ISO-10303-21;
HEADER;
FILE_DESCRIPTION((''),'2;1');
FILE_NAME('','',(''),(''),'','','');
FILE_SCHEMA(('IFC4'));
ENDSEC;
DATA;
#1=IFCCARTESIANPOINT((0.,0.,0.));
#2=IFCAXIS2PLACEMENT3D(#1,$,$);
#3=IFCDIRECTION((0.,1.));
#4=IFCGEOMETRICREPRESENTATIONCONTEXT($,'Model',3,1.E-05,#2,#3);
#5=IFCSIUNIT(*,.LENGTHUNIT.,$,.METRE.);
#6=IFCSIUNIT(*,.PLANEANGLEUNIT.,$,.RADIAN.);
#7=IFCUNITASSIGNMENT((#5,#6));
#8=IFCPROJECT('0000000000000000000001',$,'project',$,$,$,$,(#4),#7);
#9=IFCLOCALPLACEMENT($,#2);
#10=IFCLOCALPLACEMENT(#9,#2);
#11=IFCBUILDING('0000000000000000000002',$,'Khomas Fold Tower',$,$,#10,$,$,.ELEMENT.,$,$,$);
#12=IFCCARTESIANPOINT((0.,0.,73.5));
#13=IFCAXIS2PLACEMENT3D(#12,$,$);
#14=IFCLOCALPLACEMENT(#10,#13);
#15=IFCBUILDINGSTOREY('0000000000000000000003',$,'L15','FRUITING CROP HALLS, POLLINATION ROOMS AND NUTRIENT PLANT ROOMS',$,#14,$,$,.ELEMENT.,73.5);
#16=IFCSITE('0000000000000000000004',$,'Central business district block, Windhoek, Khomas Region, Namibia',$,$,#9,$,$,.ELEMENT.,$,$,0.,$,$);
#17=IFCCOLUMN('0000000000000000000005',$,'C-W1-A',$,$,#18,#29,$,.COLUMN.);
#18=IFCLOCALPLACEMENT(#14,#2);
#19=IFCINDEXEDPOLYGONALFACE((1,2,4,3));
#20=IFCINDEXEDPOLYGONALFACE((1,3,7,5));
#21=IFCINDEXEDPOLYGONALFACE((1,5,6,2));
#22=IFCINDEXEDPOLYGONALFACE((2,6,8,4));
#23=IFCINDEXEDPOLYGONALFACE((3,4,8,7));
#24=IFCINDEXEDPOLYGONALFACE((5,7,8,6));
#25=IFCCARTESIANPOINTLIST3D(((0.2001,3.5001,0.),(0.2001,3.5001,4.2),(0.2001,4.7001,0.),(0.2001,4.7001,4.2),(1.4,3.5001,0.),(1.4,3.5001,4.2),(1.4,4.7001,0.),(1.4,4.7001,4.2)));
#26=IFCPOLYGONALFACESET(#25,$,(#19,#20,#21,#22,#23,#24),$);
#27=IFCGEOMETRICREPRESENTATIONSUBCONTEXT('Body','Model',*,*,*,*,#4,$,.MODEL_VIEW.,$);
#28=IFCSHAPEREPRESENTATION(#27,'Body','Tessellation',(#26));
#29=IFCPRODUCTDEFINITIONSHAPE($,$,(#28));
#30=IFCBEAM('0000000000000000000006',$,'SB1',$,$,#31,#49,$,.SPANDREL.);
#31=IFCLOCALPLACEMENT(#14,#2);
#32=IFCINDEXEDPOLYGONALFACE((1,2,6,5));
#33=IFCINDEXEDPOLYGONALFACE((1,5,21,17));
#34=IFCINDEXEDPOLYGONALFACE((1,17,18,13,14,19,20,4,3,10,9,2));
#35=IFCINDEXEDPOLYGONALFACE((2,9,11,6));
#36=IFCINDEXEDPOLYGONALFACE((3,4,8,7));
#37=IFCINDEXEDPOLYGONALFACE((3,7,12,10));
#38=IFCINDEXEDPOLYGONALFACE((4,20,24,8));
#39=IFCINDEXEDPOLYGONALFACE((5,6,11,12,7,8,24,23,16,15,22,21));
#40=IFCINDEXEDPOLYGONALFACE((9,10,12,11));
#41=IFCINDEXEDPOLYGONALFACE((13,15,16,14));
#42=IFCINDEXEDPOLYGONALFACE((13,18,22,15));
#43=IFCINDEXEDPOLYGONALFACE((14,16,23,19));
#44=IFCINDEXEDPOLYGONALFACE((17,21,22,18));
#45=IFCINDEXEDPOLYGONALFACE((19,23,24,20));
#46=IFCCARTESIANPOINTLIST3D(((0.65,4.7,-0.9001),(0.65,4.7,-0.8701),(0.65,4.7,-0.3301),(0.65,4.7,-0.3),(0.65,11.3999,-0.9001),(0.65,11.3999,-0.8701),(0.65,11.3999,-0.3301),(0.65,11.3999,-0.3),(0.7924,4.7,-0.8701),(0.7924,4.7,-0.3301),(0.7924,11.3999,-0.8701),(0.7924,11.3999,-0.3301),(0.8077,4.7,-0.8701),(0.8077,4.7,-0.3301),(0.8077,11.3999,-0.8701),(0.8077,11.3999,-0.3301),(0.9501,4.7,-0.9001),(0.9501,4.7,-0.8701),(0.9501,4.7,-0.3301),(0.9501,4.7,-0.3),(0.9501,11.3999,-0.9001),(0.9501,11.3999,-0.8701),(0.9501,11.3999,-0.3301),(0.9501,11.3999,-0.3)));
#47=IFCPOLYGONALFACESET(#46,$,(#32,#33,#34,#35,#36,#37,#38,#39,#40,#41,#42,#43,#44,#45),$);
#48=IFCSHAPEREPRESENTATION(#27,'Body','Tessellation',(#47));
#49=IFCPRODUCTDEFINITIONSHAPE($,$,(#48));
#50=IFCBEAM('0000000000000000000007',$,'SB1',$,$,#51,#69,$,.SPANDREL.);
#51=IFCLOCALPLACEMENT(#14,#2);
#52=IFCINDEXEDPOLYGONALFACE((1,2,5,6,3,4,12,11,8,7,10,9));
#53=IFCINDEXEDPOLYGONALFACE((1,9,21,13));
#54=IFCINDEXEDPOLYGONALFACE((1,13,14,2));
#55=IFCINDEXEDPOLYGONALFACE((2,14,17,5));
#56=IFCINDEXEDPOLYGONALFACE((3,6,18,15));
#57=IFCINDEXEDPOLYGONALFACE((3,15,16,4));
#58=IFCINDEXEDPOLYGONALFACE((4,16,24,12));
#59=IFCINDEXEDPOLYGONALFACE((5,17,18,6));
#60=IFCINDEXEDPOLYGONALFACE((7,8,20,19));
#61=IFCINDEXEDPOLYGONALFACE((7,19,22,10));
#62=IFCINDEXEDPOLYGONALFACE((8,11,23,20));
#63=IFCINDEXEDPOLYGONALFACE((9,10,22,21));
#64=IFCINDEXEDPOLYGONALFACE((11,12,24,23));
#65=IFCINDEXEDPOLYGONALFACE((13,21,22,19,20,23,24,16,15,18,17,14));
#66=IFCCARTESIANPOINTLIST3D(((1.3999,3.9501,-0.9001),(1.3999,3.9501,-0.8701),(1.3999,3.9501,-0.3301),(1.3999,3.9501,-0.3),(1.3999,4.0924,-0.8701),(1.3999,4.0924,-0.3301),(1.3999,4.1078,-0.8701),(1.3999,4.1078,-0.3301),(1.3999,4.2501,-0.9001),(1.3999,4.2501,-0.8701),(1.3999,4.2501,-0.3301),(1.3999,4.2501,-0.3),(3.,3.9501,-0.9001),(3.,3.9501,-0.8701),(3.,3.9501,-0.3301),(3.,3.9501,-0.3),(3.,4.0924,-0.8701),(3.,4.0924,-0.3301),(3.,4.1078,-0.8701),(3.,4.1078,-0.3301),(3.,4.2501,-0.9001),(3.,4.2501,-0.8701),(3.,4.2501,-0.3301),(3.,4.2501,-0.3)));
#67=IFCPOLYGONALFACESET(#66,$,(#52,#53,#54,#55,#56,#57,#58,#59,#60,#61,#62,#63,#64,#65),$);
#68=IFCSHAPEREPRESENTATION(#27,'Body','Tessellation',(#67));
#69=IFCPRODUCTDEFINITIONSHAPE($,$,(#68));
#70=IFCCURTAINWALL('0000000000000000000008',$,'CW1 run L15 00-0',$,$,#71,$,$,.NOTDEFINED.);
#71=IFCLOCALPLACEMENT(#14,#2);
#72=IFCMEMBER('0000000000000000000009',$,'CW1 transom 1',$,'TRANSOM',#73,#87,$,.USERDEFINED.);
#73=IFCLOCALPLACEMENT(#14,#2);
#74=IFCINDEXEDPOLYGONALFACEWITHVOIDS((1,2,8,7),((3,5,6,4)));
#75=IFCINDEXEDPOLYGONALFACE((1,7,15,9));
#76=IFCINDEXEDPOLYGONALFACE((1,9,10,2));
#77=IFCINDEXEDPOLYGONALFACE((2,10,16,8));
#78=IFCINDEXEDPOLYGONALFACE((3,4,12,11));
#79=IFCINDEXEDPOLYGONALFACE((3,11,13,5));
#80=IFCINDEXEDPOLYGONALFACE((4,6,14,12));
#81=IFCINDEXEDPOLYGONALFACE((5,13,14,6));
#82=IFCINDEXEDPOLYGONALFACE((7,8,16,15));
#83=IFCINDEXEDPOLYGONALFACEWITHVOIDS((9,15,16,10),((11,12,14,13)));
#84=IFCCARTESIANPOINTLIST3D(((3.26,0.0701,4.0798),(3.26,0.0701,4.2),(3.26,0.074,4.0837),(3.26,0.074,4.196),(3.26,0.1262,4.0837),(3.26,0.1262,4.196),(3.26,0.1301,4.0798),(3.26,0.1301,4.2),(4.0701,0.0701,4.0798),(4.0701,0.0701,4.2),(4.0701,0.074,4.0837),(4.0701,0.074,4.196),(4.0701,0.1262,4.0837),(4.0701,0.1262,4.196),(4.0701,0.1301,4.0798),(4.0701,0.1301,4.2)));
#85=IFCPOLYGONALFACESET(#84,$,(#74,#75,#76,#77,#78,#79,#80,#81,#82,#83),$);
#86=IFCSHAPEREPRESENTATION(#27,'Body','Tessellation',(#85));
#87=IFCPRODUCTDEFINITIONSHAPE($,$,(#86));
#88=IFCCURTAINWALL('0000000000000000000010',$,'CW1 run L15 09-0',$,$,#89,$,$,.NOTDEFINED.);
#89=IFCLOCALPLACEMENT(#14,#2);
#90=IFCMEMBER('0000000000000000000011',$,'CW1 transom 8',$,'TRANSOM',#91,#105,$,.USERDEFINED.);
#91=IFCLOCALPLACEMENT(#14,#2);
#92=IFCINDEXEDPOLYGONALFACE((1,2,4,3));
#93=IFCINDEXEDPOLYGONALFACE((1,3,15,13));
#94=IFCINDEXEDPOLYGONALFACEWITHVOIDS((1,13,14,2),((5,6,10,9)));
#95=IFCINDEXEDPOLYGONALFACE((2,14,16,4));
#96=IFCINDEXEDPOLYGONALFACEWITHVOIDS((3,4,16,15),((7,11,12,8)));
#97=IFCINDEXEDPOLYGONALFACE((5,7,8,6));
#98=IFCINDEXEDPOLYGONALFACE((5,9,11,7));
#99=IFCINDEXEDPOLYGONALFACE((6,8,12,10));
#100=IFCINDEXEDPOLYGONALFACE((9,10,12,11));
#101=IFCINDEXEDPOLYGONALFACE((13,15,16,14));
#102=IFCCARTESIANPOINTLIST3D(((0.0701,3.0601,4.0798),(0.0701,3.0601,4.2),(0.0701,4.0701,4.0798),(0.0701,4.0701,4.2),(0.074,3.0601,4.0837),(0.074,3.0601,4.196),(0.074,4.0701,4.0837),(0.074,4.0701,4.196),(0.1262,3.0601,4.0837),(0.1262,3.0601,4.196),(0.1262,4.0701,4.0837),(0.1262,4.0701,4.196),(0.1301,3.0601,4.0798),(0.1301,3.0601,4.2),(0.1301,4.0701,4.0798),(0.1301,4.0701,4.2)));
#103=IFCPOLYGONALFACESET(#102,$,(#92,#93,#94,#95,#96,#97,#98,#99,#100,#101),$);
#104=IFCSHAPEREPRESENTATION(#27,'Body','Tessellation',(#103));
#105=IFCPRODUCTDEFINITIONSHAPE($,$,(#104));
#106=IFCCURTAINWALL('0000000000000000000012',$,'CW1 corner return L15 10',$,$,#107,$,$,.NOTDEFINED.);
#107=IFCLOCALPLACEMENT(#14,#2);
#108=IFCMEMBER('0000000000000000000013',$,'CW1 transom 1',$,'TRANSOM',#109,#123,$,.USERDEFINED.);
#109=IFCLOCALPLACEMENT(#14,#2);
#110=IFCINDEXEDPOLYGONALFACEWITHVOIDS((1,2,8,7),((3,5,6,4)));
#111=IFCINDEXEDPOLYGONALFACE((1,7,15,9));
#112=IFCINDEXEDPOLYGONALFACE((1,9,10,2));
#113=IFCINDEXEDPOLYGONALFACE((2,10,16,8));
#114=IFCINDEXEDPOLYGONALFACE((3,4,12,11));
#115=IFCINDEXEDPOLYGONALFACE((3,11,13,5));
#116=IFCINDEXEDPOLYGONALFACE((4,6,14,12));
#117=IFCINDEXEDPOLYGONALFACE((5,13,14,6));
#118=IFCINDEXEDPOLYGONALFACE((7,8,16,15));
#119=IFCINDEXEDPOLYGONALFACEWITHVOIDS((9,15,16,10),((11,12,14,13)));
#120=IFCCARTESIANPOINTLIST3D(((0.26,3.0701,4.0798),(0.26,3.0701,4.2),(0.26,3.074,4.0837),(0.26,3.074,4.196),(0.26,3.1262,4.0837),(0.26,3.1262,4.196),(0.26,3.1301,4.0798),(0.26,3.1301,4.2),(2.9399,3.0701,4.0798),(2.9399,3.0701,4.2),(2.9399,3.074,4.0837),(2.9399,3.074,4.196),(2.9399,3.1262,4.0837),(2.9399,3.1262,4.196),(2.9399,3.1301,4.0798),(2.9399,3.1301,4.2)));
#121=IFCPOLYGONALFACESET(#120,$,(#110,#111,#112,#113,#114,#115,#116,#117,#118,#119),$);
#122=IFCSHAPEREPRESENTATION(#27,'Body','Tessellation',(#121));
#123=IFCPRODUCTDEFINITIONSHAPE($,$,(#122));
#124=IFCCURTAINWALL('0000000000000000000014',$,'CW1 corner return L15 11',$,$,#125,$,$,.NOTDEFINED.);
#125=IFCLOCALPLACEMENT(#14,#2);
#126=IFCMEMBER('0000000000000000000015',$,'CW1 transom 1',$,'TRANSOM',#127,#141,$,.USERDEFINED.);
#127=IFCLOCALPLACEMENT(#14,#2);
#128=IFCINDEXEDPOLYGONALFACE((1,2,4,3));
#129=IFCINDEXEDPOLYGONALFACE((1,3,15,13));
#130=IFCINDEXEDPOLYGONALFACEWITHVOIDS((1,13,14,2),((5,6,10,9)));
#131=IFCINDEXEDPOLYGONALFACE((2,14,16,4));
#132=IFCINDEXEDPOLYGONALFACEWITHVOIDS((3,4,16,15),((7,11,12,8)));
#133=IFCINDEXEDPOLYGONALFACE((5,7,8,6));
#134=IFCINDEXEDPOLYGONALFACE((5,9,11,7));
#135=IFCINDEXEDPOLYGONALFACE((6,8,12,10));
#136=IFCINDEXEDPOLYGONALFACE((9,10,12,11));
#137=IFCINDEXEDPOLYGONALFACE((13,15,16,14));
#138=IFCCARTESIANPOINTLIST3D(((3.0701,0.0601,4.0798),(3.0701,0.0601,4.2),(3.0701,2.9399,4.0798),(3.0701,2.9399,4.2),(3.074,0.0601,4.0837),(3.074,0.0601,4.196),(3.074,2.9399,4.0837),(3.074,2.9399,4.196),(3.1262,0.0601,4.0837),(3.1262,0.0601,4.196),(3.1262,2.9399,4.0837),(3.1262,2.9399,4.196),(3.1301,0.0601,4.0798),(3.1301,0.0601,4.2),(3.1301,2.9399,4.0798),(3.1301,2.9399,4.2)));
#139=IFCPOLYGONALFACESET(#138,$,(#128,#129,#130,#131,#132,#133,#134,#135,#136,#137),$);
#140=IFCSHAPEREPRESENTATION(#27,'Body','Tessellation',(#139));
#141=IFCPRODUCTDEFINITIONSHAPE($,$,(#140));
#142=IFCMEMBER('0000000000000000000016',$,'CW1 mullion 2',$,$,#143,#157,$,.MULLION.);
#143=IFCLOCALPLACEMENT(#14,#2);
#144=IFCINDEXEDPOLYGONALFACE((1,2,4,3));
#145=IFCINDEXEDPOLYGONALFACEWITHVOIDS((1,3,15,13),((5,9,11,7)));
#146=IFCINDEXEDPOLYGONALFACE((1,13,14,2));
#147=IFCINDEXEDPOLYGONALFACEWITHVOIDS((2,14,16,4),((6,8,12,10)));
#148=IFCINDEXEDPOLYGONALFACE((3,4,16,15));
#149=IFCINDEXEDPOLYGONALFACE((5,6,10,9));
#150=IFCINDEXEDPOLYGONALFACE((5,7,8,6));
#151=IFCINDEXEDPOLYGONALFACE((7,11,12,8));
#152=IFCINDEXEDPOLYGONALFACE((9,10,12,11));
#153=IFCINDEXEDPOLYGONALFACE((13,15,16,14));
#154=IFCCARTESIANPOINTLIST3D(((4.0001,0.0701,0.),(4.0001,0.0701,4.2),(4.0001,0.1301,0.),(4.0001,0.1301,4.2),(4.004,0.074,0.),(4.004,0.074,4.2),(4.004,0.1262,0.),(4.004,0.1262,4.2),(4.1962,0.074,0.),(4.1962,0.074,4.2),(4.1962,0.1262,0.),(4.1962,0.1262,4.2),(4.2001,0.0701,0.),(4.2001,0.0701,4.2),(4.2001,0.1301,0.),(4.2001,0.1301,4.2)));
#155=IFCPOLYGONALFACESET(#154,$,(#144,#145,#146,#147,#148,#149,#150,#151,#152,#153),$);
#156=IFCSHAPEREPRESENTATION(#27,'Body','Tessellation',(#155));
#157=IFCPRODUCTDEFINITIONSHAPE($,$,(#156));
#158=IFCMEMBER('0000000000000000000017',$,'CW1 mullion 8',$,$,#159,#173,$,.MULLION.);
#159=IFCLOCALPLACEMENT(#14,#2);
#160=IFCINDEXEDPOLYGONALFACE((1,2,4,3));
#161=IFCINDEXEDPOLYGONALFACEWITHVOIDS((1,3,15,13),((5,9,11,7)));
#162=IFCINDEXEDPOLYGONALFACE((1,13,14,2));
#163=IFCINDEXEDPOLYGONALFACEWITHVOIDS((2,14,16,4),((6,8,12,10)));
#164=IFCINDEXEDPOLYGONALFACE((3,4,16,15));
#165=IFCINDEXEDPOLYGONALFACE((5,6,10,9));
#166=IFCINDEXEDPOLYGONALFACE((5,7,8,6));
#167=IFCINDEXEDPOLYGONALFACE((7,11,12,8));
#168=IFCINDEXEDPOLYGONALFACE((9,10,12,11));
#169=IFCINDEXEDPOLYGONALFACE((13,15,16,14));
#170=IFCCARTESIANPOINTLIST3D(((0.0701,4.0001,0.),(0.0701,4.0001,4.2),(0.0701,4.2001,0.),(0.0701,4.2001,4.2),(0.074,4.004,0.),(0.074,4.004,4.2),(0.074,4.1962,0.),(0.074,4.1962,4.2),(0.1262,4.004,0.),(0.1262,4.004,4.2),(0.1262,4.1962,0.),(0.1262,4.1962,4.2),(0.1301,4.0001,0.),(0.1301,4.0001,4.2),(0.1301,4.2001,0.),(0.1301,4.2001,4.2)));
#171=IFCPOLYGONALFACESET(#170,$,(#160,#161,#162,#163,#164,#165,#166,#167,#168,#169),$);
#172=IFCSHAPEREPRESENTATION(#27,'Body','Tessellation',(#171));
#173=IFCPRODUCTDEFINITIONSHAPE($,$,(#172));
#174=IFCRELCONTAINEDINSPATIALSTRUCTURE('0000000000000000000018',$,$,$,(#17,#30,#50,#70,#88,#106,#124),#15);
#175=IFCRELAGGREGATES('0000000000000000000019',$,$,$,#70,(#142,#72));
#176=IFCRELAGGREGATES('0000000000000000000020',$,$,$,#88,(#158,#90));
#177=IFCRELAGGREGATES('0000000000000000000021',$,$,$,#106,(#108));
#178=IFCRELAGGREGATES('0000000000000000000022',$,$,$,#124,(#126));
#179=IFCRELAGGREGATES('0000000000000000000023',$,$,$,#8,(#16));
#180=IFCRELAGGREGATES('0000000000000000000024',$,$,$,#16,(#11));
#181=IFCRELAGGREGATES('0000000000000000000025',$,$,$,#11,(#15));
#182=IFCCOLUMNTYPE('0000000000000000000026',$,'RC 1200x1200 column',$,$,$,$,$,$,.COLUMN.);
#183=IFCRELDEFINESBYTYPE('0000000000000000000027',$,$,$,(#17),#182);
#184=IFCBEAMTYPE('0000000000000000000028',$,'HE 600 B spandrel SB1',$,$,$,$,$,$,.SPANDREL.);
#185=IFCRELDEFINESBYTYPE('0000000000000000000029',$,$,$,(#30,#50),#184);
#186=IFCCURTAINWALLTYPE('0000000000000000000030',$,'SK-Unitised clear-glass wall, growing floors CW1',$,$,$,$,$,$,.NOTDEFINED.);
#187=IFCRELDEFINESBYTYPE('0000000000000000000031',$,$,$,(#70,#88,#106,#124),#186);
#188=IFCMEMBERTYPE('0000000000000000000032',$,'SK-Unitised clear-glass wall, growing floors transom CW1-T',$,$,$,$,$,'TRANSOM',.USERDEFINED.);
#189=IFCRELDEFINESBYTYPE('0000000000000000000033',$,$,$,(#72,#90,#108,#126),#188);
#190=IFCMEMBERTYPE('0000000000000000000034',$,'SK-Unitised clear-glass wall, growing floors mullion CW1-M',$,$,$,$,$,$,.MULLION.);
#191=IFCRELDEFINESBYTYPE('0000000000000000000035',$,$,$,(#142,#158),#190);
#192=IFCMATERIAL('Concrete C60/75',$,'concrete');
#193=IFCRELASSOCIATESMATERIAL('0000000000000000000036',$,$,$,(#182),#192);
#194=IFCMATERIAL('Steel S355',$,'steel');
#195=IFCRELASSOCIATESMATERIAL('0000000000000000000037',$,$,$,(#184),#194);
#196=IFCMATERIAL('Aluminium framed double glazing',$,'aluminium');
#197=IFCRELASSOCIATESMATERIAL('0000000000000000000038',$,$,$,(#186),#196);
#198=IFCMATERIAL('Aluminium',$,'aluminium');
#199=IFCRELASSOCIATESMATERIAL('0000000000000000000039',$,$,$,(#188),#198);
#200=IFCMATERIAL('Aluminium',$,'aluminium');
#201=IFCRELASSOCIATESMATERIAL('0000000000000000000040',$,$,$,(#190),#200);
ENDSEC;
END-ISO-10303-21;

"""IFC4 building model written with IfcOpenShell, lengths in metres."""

from ifc_helpers import new_model, si_unit, direction, frame, origin, origin_2d, place, context, subcontext, project, spatial, rectangle, hollow_rectangle, i_section, extrude, source, transform, mapped, material, material_profile, profile_set, type_object, element, aggregate, save


model = new_model("IFC4")

# Units and contexts
model_context = context("Model", 3, precision=1e-05, world=origin(), true_north=direction((0.0, 1.0)))
body_context = subcontext(model_context, "Body", "Model", "MODEL_VIEW")
ifc_project = project(units=[si_unit("LENGTHUNIT", "METRE"), si_unit("PLANEANGLEUNIT", "RADIAN")], contexts=[model_context])

# Site, building, storey
site_placement = place(None, origin())
site = spatial("IfcSite", under=ifc_project, at=site_placement, Name="Central business district block, Windhoek, Khomas Region, Namibia", CompositionType="ELEMENT", RefElevation=0.0)
building_placement = place(site_placement, origin())
building = spatial("IfcBuilding", under=site, at=building_placement, Name="Khomas Fold Tower", CompositionType="ELEMENT")
storey_placement = place(building_placement, frame((0.0, 0.0, 73.5)))
storey = spatial("IfcBuildingStorey", under=building, at=storey_placement, Name="L15", Description="FRUITING CROP HALLS, POLLINATION ROOMS AND NUTRIENT PLANT ROOMS", CompositionType="ELEMENT", Elevation=73.5)

# Column
ifc_material_1 = material(Name="Concrete C60/75", Category="concrete")
ifc_material_profile_1 = material_profile(ifc_material_1, rectangle(XDim=1.2, YDim=1.2, at=origin_2d()), Name="RC 1200x1200")
ifc_profile_set_1 = profile_set([ifc_material_profile_1], Name="Concrete C60/75")
column_type = type_object("IfcColumnType", Name="RC 1200x1200 column", PredefinedType="COLUMN", material=ifc_profile_set_1)
shared_shape_1 = source(origin(), body_context, "Body", "SweptSolid", [
    extrude(rectangle(XDim=1.2, YDim=1.2, at=origin_2d()), origin(), (0.0, 0.0, 1.0), 4.2),
])
column_placement = place(storey_placement, frame((0.8, 4.1001, 0.0), z_axis=(0.0, 0.0, 1.0), x_axis=(1.0, 0.0, 0.0)))
element("IfcColumn", 1, at=column_placement, inside=storey, type_object=column_type, Name="C-W1-A", PredefinedType="COLUMN", context=body_context, shape_type="MappedRepresentation", body=[
    mapped(shared_shape_1, transform((0.0, 0.0, 0.0))),
])

# Beams
ifc_material_2 = material(Name="Steel S355", Category="steel")
ifc_material_profile_2 = material_profile(ifc_material_2, i_section(OverallWidth=0.3, OverallDepth=0.6001, WebThickness=0.0154, FlangeThickness=0.03, at=origin_2d()), Name="HE 600 B")
ifc_profile_set_2 = profile_set([ifc_material_profile_2], Name="Steel S355")
beam_type = type_object("IfcBeamType", Name="HE 600 B spandrel SB1", PredefinedType="SPANDREL", material=ifc_profile_set_2)
shared_shape_2 = source(origin(), body_context, "Body", "SweptSolid", [
    extrude(i_section(OverallWidth=0.3, OverallDepth=0.6001, WebThickness=0.0154, FlangeThickness=0.03, at=origin_2d()), origin(), (0.0, 0.0, 1.0), 6.7),
])
beam_1_placement = place(storey_placement, frame((0.8, 4.7, -0.6001), z_axis=(0.0, 1.0, 0.0), x_axis=(-1.0, 0.0, 0.0)))
element("IfcBeam", 2, at=beam_1_placement, inside=storey, type_object=beam_type, Name="SB1", PredefinedType="SPANDREL", context=body_context, shape_type="MappedRepresentation", body=[
    mapped(shared_shape_2, transform((0.0, 0.0, 0.0))),
])
shared_shape_3 = source(origin(), body_context, "Body", "SweptSolid", [
    extrude(i_section(OverallWidth=0.3, OverallDepth=0.6001, WebThickness=0.0154, FlangeThickness=0.03, at=origin_2d()), origin(), (0.0, 0.0, 1.0), 1.6001),
])
beam_2_placement = place(storey_placement, frame((1.3999, 4.1001, -0.6001), z_axis=(1.0, 0.0, 0.0), x_axis=(0.0, 1.0, 0.0)))
element("IfcBeam", 3, at=beam_2_placement, inside=storey, type_object=beam_type, Name="SB1", PredefinedType="SPANDREL", context=body_context, shape_type="MappedRepresentation", body=[
    mapped(shared_shape_3, transform((0.0, 0.0, 0.0))),
])

# Curtain walls, members
ifc_material_3 = material(Name="Aluminium framed double glazing", Category="aluminium")
curtain_wall_type = type_object("IfcCurtainWallType", Name="SK-Unitised clear-glass wall, growing floors CW1", PredefinedType="NOTDEFINED", material=ifc_material_3)
curtain_wall_1_placement = place(storey_placement, origin())
curtain_wall_1 = element("IfcCurtainWall", 4, at=curtain_wall_1_placement, inside=storey, type_object=curtain_wall_type, Name="CW1 run L15 00-0", PredefinedType="NOTDEFINED")
ifc_material_4 = material(Name="Aluminium", Category="aluminium")
ifc_material_profile_3 = material_profile(ifc_material_4, hollow_rectangle(XDim=0.0601, YDim=0.1201, WallThickness=0.0039, at=origin_2d()), Name="SK-Unitised clear-glass wall, growing floors transom CW1-T")
ifc_profile_set_3 = profile_set([ifc_material_profile_3], Name="Aluminium")
member_type_1 = type_object("IfcMemberType", Name="SK-Unitised clear-glass wall, growing floors transom CW1-T", ElementType="TRANSOM", PredefinedType="USERDEFINED", material=ifc_profile_set_3)
shared_shape_4 = source(origin(), body_context, "Body", "SweptSolid", [
    extrude(hollow_rectangle(XDim=0.0601, YDim=0.1201, WallThickness=0.0039, at=origin_2d()), origin(), (0.0, 0.0, 1.0), 0.8101),
])
member_1_placement = place(storey_placement, frame((3.26, 0.1001, 4.1399), z_axis=(1.0, 0.0, 0.0), x_axis=(0.0, 1.0, 0.0)))
member_1 = element("IfcMember", 5, at=member_1_placement, type_object=member_type_1, Name="CW1 transom 1", ObjectType="TRANSOM", PredefinedType="USERDEFINED", context=body_context, shape_type="MappedRepresentation", body=[
    mapped(shared_shape_4, transform((0.0, 0.0, 0.0))),
])
curtain_wall_2_placement = place(storey_placement, origin())
curtain_wall_2 = element("IfcCurtainWall", 6, at=curtain_wall_2_placement, inside=storey, type_object=curtain_wall_type, Name="CW1 run L15 09-0", PredefinedType="NOTDEFINED")
shared_shape_5 = source(origin(), body_context, "Body", "SweptSolid", [
    extrude(hollow_rectangle(XDim=0.0601, YDim=0.1201, WallThickness=0.0039, at=origin_2d()), origin(), (0.0, 0.0, 1.0), 1.01),
])
member_2_placement = place(storey_placement, frame((0.1001, 4.0701, 4.1399), z_axis=(0.0, -1.0, 0.0), x_axis=(1.0, 0.0, 0.0)))
member_2 = element("IfcMember", 7, at=member_2_placement, type_object=member_type_1, Name="CW1 transom 8", ObjectType="TRANSOM", PredefinedType="USERDEFINED", context=body_context, shape_type="MappedRepresentation", body=[
    mapped(shared_shape_5, transform((0.0, 0.0, 0.0))),
])
curtain_wall_3_placement = place(storey_placement, origin())
curtain_wall_3 = element("IfcCurtainWall", 8, at=curtain_wall_3_placement, inside=storey, type_object=curtain_wall_type, Name="CW1 corner return L15 10", PredefinedType="NOTDEFINED")
shared_shape_6 = source(origin(), body_context, "Body", "SweptSolid", [
    extrude(hollow_rectangle(XDim=0.0601, YDim=0.1201, WallThickness=0.0039, at=origin_2d()), origin(), (0.0, 0.0, 1.0), 2.6799),
])
member_3_placement = place(storey_placement, frame((0.26, 3.1001, 4.1399), z_axis=(1.0, 0.0, 0.0), x_axis=(0.0, 1.0, 0.0)))
member_3 = element("IfcMember", 9, at=member_3_placement, type_object=member_type_1, Name="CW1 transom 1", ObjectType="TRANSOM", PredefinedType="USERDEFINED", context=body_context, shape_type="MappedRepresentation", body=[
    mapped(shared_shape_6, transform((0.0, 0.0, 0.0))),
])
curtain_wall_4_placement = place(storey_placement, origin())
curtain_wall_4 = element("IfcCurtainWall", 10, at=curtain_wall_4_placement, inside=storey, type_object=curtain_wall_type, Name="CW1 corner return L15 11", PredefinedType="NOTDEFINED")
shared_shape_7 = source(origin(), body_context, "Body", "SweptSolid", [
    extrude(hollow_rectangle(XDim=0.0601, YDim=0.1201, WallThickness=0.0039, at=origin_2d()), origin(), (0.0, 0.0, 1.0), 2.8799),
])
member_4_placement = place(storey_placement, frame((3.1001, 2.9399, 4.1399), z_axis=(0.0, -1.0, 0.0), x_axis=(1.0, 0.0, 0.0)))
member_4 = element("IfcMember", 11, at=member_4_placement, type_object=member_type_1, Name="CW1 transom 1", ObjectType="TRANSOM", PredefinedType="USERDEFINED", context=body_context, shape_type="MappedRepresentation", body=[
    mapped(shared_shape_7, transform((0.0, 0.0, 0.0))),
])

# Members
ifc_material_5 = material(Name="Aluminium", Category="aluminium")
ifc_material_profile_4 = material_profile(ifc_material_5, hollow_rectangle(XDim=0.0601, YDim=0.2, WallThickness=0.0039, at=origin_2d()), Name="SK-Unitised clear-glass wall, growing floors mullion CW1-M")
ifc_profile_set_4 = profile_set([ifc_material_profile_4], Name="Aluminium")
member_type_2 = type_object("IfcMemberType", Name="SK-Unitised clear-glass wall, growing floors mullion CW1-M", PredefinedType="MULLION", material=ifc_profile_set_4)
shared_shape_8 = source(origin(), body_context, "Body", "SweptSolid", [
    extrude(hollow_rectangle(XDim=0.0601, YDim=0.2, WallThickness=0.0039, at=origin_2d()), origin(), (0.0, 0.0, 1.0), 4.2),
])
member_5_placement = place(storey_placement, frame((4.1001, 0.1001, 0.0), z_axis=(0.0, 0.0, 1.0), x_axis=(0.0, 1.0, 0.0)))
member_5 = element("IfcMember", 12, at=member_5_placement, type_object=member_type_2, Name="CW1 mullion 2", PredefinedType="MULLION", context=body_context, shape_type="MappedRepresentation", body=[
    mapped(shared_shape_8, transform((0.0, 0.0, 0.0))),
])
member_6_placement = place(storey_placement, frame((0.1001, 4.1001, 0.0), z_axis=(0.0, 0.0, 1.0), x_axis=(1.0, 0.0, 0.0)))
member_6 = element("IfcMember", 13, at=member_6_placement, type_object=member_type_2, Name="CW1 mullion 8", PredefinedType="MULLION", context=body_context, shape_type="MappedRepresentation", body=[
    mapped(shared_shape_8, transform((0.0, 0.0, 0.0))),
])

aggregate(curtain_wall_1, [member_5, member_1])
aggregate(curtain_wall_2, [member_6, member_2])
aggregate(curtain_wall_3, [member_3])
aggregate(curtain_wall_4, [member_4])

save(model, "model.ifc")
